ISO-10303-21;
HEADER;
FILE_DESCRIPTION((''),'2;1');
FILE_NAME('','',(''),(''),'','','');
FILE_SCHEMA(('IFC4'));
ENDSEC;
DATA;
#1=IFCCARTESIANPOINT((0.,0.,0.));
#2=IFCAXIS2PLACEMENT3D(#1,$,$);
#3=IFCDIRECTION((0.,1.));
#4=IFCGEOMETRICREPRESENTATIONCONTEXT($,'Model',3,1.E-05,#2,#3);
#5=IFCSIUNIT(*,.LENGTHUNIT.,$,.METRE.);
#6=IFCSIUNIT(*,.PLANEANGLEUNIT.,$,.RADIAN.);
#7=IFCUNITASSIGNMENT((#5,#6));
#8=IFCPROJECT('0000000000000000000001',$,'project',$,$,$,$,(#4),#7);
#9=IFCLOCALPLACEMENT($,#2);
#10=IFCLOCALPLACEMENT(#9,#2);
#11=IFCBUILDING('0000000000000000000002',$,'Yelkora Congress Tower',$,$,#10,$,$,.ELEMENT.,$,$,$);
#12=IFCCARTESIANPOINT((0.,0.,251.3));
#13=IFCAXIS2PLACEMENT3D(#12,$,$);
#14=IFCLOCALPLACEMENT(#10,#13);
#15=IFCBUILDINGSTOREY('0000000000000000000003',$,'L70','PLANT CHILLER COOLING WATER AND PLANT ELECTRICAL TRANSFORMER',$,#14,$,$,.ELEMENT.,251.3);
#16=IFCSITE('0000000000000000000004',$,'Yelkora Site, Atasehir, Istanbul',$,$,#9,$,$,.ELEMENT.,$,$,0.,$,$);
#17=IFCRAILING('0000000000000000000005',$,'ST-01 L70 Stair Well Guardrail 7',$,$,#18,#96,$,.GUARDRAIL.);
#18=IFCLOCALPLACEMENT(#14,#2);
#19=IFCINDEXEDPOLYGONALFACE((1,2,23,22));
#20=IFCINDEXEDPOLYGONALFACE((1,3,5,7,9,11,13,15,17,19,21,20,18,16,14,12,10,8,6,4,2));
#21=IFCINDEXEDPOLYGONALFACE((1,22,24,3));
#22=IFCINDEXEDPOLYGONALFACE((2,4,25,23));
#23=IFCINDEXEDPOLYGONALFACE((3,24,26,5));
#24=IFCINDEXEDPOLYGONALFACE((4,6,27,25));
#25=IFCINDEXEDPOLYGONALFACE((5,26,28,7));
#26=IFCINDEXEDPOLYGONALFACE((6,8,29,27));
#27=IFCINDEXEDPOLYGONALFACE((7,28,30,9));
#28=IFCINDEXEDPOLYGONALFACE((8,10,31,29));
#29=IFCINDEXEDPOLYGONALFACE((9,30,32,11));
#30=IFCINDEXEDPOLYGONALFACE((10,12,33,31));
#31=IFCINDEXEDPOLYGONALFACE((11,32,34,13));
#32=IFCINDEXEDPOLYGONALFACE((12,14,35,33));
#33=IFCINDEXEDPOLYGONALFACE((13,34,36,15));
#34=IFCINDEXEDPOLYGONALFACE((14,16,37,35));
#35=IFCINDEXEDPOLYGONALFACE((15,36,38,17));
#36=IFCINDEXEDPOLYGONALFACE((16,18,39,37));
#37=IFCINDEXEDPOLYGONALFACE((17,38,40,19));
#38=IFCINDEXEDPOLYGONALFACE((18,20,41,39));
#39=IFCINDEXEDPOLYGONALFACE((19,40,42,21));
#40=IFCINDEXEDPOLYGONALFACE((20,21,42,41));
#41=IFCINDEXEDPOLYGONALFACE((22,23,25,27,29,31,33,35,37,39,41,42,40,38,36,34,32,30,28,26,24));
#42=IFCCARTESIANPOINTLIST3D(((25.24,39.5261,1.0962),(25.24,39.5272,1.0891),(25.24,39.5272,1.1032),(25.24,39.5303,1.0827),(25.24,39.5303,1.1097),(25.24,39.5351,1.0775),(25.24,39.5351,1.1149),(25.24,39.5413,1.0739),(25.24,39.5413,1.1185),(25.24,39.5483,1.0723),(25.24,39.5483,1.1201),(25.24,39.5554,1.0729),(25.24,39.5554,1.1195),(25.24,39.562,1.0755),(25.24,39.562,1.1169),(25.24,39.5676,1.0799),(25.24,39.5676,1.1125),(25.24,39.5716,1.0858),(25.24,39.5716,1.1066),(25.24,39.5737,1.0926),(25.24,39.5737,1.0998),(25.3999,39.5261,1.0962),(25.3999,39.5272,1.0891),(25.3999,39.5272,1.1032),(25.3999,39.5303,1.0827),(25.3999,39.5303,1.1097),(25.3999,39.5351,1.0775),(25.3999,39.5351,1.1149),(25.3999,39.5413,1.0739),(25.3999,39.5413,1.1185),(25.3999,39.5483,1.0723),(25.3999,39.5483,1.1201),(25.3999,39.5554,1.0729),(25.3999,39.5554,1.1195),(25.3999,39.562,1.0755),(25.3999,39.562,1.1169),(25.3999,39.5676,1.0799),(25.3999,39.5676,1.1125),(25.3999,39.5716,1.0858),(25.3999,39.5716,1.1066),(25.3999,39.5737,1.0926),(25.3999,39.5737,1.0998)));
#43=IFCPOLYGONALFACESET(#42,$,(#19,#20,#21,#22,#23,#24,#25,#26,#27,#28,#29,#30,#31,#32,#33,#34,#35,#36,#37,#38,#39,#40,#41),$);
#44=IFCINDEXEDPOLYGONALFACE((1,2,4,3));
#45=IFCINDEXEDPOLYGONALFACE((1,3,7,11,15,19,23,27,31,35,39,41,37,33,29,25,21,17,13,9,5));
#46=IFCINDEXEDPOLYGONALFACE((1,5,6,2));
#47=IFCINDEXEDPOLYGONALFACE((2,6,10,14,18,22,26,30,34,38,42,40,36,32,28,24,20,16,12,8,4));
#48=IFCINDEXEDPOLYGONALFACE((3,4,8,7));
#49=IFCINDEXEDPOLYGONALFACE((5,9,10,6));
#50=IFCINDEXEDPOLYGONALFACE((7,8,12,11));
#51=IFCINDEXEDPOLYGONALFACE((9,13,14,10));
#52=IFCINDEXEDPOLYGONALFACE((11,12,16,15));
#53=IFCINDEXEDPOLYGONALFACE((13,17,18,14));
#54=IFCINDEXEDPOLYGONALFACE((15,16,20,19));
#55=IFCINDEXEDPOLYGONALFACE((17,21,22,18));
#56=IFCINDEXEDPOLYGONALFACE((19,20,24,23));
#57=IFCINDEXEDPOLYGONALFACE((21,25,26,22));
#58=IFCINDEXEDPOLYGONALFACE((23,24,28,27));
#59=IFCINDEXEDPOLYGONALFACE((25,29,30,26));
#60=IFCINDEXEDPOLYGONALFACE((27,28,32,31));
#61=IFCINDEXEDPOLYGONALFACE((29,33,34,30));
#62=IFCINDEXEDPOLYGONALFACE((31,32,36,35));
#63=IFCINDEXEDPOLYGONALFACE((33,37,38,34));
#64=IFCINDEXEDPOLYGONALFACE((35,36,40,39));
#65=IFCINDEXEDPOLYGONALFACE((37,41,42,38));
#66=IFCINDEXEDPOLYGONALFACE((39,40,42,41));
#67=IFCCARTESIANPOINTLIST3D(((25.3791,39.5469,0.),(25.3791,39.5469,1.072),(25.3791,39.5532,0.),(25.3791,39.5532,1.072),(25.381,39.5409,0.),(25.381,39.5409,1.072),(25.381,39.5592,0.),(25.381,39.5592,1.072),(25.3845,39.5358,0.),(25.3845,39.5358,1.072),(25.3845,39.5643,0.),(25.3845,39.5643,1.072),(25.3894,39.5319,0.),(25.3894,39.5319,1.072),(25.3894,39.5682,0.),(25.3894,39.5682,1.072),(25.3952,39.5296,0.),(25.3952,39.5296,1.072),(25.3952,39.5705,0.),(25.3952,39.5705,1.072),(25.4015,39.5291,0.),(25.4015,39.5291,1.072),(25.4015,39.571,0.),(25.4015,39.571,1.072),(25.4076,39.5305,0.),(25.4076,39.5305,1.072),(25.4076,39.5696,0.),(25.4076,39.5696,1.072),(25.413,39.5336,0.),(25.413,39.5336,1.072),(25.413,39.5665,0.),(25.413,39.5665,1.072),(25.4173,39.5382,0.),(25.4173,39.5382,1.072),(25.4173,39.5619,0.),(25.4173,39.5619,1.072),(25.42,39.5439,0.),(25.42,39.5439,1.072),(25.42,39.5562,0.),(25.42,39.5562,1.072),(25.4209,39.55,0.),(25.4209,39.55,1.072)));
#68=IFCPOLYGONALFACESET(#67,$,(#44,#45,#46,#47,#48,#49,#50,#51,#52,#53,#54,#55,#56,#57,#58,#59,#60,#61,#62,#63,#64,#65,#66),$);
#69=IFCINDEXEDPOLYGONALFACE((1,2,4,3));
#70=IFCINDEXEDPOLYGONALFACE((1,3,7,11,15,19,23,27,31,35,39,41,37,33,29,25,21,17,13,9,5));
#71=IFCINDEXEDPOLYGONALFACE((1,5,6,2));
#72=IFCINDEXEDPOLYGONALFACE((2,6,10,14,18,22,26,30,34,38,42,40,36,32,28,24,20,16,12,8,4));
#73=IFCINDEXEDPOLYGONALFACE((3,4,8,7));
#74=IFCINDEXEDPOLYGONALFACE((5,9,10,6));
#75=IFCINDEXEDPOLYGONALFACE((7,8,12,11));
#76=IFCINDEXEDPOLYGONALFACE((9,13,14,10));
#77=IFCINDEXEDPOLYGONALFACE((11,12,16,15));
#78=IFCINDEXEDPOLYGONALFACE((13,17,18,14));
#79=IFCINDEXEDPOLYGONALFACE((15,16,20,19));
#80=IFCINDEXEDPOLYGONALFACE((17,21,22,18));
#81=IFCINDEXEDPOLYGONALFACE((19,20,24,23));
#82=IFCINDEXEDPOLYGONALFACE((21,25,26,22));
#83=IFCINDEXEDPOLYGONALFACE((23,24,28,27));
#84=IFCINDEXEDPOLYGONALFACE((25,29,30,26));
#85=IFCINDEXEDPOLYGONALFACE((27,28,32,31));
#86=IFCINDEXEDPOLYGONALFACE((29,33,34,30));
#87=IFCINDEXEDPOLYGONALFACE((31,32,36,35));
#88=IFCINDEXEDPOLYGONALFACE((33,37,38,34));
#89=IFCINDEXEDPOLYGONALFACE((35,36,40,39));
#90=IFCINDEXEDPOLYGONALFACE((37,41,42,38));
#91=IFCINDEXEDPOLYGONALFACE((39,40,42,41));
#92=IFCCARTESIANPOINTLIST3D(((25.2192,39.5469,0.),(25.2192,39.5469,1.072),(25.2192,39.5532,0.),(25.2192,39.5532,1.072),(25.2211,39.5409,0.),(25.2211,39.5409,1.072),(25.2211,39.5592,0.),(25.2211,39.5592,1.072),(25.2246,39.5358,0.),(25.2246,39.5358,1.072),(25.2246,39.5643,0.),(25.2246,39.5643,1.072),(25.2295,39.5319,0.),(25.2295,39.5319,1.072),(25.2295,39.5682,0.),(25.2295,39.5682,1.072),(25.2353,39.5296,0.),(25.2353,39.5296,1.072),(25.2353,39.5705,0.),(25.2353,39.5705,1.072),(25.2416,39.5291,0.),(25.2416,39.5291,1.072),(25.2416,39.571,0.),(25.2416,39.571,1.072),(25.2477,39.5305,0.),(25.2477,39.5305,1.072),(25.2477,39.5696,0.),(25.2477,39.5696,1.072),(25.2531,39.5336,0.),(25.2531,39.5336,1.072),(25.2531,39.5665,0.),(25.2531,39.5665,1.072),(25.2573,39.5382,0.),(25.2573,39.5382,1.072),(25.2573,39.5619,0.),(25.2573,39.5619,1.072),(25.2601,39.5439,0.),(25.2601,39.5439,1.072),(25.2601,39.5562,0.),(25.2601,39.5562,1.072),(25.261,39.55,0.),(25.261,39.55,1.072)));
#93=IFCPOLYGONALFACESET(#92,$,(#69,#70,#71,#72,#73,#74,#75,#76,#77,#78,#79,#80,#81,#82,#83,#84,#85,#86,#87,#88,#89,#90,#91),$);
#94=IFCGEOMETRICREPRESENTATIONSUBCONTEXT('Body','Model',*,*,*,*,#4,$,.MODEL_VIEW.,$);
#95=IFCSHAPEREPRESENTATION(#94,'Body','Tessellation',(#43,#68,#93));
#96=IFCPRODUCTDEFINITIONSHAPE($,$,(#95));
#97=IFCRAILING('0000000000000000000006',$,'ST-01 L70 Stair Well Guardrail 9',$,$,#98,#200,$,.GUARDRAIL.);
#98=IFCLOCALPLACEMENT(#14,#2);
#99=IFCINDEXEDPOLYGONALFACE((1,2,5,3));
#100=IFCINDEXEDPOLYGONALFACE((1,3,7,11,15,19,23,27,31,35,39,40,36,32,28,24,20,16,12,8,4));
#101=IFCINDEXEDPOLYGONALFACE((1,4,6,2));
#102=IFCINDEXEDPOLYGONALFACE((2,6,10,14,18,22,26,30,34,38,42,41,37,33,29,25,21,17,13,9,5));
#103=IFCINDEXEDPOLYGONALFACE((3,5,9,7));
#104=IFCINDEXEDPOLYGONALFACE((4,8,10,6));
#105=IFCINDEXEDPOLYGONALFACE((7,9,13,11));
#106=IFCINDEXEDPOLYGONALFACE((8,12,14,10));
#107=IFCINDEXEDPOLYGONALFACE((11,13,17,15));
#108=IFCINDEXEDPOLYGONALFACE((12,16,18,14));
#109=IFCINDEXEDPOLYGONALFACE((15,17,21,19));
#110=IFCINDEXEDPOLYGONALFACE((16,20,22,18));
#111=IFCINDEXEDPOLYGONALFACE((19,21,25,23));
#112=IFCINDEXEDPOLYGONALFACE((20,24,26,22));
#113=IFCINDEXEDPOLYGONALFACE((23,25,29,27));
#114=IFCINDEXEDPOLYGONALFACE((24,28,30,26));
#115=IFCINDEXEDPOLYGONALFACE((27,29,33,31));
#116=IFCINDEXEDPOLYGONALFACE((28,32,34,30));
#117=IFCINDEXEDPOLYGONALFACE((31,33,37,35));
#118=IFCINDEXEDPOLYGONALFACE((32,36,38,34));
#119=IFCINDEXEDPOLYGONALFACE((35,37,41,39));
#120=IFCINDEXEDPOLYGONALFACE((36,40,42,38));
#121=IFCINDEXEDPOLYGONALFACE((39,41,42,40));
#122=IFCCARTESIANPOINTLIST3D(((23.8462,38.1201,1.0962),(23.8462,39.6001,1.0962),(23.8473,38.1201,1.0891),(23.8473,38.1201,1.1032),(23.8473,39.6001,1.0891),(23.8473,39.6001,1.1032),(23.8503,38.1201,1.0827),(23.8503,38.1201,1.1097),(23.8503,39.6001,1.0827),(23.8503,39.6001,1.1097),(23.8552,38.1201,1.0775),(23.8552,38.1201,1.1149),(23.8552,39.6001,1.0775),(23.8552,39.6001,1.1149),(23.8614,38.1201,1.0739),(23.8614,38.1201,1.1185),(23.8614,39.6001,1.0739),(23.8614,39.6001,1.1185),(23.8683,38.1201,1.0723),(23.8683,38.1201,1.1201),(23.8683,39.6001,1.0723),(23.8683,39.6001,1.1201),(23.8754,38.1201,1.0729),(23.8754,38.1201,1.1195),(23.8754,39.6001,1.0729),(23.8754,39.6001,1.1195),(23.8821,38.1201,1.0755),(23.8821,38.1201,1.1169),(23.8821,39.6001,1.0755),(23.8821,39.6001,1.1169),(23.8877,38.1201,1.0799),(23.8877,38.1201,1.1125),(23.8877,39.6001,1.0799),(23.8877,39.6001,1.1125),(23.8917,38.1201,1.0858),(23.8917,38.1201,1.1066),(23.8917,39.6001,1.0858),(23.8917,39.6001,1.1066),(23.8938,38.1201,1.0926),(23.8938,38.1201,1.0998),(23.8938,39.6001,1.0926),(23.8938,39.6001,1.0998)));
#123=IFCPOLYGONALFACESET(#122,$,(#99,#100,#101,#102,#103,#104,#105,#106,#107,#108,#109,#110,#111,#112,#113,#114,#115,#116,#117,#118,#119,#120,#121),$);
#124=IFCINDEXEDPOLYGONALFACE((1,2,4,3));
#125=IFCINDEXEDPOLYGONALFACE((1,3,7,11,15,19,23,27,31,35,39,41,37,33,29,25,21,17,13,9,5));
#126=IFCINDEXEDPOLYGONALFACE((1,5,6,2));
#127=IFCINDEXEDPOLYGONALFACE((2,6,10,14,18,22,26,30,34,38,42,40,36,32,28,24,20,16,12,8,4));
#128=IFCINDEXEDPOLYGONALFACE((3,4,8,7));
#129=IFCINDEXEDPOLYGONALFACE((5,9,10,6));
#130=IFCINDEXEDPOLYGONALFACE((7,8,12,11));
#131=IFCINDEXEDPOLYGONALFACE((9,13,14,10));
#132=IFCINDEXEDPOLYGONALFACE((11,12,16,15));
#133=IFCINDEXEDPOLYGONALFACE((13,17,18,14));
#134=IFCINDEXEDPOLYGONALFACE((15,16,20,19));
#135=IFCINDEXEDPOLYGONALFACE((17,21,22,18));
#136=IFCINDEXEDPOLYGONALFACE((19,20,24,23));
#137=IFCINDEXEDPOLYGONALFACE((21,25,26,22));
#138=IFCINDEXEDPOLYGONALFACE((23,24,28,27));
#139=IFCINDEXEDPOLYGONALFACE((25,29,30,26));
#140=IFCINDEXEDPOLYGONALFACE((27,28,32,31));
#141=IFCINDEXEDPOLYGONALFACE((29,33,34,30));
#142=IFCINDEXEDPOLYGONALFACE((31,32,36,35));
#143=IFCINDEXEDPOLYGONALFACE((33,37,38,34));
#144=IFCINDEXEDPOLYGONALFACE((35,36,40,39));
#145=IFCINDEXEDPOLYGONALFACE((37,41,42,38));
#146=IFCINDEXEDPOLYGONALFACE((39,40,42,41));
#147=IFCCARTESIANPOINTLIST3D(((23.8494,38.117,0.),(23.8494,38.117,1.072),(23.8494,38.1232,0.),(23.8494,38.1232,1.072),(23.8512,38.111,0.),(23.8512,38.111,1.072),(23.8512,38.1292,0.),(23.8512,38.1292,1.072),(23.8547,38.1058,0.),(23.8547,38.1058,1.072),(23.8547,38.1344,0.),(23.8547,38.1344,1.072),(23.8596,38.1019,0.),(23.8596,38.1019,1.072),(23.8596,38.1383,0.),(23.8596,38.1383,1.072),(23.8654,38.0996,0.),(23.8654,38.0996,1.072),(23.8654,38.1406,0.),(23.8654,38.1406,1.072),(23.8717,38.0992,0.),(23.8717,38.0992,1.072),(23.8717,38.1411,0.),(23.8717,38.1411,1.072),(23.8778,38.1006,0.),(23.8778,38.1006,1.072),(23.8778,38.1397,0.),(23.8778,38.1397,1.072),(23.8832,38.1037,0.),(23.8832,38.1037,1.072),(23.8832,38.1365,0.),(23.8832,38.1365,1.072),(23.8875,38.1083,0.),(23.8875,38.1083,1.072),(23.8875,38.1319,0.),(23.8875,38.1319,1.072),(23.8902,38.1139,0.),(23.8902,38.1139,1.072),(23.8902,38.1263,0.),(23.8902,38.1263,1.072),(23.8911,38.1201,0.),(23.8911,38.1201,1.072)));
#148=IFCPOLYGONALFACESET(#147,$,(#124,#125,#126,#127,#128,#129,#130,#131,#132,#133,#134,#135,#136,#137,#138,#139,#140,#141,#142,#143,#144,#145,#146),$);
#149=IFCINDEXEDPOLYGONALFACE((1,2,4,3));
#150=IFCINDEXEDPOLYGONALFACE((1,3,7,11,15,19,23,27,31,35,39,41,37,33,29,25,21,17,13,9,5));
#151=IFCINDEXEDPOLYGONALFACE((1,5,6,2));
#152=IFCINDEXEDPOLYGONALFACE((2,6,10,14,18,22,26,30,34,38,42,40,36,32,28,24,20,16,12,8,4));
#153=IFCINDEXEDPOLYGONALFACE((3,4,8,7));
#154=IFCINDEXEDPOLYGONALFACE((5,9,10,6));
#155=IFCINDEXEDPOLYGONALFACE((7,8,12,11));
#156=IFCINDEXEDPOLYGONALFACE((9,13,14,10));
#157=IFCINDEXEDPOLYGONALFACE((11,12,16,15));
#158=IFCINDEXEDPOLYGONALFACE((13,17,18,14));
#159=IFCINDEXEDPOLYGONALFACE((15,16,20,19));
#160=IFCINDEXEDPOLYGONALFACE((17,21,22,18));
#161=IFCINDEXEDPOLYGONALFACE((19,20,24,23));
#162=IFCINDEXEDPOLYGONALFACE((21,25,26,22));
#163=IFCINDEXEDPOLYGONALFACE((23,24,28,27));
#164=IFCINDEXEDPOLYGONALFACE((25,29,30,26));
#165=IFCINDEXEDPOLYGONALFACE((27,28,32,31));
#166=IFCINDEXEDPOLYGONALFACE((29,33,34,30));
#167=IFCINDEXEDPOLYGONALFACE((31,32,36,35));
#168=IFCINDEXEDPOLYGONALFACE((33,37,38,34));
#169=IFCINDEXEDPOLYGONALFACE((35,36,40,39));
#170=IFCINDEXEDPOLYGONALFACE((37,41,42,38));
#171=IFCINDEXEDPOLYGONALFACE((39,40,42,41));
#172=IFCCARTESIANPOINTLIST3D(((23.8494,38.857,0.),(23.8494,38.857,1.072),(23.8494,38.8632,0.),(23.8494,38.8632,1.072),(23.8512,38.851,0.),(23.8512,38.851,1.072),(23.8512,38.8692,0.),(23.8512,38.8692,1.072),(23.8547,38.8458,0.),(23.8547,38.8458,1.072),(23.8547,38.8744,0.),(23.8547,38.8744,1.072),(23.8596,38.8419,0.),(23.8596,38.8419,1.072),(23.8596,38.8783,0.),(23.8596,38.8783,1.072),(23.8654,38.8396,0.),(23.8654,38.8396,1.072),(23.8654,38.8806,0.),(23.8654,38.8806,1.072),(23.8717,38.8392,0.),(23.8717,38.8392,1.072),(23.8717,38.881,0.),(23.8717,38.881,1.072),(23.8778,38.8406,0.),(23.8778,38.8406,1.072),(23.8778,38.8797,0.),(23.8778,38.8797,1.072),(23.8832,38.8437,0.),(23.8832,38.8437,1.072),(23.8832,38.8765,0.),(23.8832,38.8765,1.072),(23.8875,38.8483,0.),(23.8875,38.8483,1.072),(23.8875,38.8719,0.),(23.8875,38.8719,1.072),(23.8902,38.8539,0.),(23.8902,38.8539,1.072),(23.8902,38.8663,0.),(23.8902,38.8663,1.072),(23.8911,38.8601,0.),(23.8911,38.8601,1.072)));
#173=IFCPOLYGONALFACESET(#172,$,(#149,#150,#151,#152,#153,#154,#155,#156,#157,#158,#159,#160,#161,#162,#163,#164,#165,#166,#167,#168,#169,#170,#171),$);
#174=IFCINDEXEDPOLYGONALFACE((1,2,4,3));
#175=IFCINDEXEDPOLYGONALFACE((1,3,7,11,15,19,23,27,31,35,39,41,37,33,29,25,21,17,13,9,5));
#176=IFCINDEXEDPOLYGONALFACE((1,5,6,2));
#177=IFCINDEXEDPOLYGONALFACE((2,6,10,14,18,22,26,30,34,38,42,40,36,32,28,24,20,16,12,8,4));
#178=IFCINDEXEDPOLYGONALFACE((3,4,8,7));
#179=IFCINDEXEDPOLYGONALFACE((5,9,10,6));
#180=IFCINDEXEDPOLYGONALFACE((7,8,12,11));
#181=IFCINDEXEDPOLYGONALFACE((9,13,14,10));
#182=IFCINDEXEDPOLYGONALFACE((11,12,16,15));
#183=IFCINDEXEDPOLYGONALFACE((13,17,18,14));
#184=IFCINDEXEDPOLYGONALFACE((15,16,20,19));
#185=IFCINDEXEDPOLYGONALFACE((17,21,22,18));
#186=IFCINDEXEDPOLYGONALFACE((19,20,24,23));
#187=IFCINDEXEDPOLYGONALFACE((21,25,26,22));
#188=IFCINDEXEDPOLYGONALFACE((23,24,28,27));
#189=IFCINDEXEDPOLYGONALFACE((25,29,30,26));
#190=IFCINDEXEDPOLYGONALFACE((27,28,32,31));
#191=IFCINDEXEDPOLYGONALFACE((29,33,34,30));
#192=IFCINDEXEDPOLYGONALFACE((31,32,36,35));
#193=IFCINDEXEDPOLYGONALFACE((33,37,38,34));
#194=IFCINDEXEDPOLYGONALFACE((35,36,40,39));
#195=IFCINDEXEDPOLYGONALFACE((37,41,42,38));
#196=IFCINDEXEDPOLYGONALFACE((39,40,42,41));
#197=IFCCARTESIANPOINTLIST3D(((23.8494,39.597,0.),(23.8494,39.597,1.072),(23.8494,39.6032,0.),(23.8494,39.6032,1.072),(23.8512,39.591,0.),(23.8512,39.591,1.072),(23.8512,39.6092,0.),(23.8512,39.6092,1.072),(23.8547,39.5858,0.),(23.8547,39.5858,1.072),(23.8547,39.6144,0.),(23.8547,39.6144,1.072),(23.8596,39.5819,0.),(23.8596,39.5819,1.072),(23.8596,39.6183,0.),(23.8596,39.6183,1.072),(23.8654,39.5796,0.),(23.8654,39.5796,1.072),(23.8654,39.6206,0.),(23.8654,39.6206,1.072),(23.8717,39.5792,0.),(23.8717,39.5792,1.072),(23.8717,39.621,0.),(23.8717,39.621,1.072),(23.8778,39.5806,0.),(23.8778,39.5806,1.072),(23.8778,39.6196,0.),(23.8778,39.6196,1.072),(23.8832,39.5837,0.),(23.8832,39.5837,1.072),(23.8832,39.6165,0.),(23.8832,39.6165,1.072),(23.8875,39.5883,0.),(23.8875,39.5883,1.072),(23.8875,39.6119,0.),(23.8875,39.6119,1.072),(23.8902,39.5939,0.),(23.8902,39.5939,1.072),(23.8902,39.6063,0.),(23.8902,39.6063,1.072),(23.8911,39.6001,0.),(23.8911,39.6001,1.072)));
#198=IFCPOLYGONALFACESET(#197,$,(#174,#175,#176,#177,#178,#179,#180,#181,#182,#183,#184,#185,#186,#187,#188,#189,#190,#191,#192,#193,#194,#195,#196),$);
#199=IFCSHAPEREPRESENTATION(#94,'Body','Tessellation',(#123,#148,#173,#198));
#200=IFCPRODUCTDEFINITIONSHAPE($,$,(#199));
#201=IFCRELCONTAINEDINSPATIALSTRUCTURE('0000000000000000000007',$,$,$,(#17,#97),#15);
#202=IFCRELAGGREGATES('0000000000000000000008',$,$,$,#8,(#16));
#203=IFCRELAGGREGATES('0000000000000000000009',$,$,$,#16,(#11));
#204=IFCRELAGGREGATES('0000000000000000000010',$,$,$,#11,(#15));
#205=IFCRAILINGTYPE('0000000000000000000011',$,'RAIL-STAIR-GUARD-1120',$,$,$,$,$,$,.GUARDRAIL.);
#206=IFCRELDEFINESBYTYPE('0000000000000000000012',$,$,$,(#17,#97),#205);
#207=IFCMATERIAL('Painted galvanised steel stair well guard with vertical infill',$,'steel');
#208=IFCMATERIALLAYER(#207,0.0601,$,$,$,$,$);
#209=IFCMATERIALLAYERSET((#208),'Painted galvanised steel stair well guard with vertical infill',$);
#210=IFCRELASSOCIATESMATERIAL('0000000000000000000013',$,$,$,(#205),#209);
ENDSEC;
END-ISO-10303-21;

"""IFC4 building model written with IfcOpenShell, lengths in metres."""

from ifc_helpers import new_model, si_unit, direction, frame, origin, origin_2d, place, context, subcontext, project, spatial, circle, extrude, material, layer, layer_set, type_object, element, save


model = new_model("IFC4")

# Units and contexts
model_context = context("Model", 3, precision=1e-05, world=origin(), true_north=direction((0.0, 1.0)))
body_context = subcontext(model_context, "Body", "Model", "MODEL_VIEW")
ifc_project = project(units=[si_unit("LENGTHUNIT", "METRE"), si_unit("PLANEANGLEUNIT", "RADIAN")], contexts=[model_context])

# Site, building, storey
site_placement = place(None, origin())
site = spatial("IfcSite", under=ifc_project, at=site_placement, Name="Yelkora Site, Atasehir, Istanbul", CompositionType="ELEMENT", RefElevation=0.0)
building_placement = place(site_placement, origin())
building = spatial("IfcBuilding", under=site, at=building_placement, Name="Yelkora Congress Tower", CompositionType="ELEMENT")
storey_placement = place(building_placement, frame((0.0, 0.0, 251.3)))
storey = spatial("IfcBuildingStorey", under=building, at=storey_placement, Name="L70", Description="PLANT CHILLER COOLING WATER AND PLANT ELECTRICAL TRANSFORMER", CompositionType="ELEMENT", Elevation=251.3)

# Railings
ifc_material_1 = material(Name="Painted galvanised steel stair well guard with vertical infill", Category="steel")
ifc_layer_1 = layer(ifc_material_1, 0.0601)
ifc_layer_set_1 = layer_set([ifc_layer_1], Name="Painted galvanised steel stair well guard with vertical infill")
railing_type_1 = type_object("IfcRailingType", Name="RAIL-STAIR-GUARD-1120", PredefinedType="GUARDRAIL", material=ifc_layer_set_1)
railing_1_placement = place(storey_placement, frame((25.3999, 39.55, 0.0)))
element("IfcRailing", 1, at=railing_1_placement, inside=storey, type_object=railing_type_1, Name="ST-01 L70 Stair Well Guardrail 7", PredefinedType="GUARDRAIL", context=body_context, shape_type="SweptSolid", body=[
    extrude(circle(Radius=0.0239, at=origin_2d()), frame((0.0, 0.0, 1.0962), z_axis=(-1.0, 0.0, 0.0), x_axis=(0.0, -1.0, 0.0)), (0.0, 0.0, 1.0), 0.1599),
    extrude(circle(Radius=0.021, at=origin_2d()), origin(), (0.0, 0.0, 1.0), 1.072),
    extrude(circle(Radius=0.021, at=origin_2d()), frame((-0.1599, 0.0, 0.0)), (0.0, 0.0, 1.0), 1.072),
])
railing_2_placement = place(storey_placement, frame((23.8701, 38.1201, 0.0)))
element("IfcRailing", 2, at=railing_2_placement, inside=storey, type_object=railing_type_1, Name="ST-01 L70 Stair Well Guardrail 9", PredefinedType="GUARDRAIL", context=body_context, shape_type="SweptSolid", body=[
    extrude(circle(Radius=0.0239, at=origin_2d()), frame((0.0, 0.0, 1.0962), z_axis=(0.0, 1.0, 0.0), x_axis=(-1.0, 0.0, 0.0)), (0.0, 0.0, 1.0), 1.48),
    extrude(circle(Radius=0.021, at=origin_2d()), origin(), (0.0, 0.0, 1.0), 1.072),
    extrude(circle(Radius=0.021, at=origin_2d()), frame((0.0, 0.74, 0.0)), (0.0, 0.0, 1.0), 1.072),
    extrude(circle(Radius=0.021, at=origin_2d()), frame((0.0, 1.48, 0.0)), (0.0, 0.0, 1.0), 1.072),
])

save(model, "model.ifc")
